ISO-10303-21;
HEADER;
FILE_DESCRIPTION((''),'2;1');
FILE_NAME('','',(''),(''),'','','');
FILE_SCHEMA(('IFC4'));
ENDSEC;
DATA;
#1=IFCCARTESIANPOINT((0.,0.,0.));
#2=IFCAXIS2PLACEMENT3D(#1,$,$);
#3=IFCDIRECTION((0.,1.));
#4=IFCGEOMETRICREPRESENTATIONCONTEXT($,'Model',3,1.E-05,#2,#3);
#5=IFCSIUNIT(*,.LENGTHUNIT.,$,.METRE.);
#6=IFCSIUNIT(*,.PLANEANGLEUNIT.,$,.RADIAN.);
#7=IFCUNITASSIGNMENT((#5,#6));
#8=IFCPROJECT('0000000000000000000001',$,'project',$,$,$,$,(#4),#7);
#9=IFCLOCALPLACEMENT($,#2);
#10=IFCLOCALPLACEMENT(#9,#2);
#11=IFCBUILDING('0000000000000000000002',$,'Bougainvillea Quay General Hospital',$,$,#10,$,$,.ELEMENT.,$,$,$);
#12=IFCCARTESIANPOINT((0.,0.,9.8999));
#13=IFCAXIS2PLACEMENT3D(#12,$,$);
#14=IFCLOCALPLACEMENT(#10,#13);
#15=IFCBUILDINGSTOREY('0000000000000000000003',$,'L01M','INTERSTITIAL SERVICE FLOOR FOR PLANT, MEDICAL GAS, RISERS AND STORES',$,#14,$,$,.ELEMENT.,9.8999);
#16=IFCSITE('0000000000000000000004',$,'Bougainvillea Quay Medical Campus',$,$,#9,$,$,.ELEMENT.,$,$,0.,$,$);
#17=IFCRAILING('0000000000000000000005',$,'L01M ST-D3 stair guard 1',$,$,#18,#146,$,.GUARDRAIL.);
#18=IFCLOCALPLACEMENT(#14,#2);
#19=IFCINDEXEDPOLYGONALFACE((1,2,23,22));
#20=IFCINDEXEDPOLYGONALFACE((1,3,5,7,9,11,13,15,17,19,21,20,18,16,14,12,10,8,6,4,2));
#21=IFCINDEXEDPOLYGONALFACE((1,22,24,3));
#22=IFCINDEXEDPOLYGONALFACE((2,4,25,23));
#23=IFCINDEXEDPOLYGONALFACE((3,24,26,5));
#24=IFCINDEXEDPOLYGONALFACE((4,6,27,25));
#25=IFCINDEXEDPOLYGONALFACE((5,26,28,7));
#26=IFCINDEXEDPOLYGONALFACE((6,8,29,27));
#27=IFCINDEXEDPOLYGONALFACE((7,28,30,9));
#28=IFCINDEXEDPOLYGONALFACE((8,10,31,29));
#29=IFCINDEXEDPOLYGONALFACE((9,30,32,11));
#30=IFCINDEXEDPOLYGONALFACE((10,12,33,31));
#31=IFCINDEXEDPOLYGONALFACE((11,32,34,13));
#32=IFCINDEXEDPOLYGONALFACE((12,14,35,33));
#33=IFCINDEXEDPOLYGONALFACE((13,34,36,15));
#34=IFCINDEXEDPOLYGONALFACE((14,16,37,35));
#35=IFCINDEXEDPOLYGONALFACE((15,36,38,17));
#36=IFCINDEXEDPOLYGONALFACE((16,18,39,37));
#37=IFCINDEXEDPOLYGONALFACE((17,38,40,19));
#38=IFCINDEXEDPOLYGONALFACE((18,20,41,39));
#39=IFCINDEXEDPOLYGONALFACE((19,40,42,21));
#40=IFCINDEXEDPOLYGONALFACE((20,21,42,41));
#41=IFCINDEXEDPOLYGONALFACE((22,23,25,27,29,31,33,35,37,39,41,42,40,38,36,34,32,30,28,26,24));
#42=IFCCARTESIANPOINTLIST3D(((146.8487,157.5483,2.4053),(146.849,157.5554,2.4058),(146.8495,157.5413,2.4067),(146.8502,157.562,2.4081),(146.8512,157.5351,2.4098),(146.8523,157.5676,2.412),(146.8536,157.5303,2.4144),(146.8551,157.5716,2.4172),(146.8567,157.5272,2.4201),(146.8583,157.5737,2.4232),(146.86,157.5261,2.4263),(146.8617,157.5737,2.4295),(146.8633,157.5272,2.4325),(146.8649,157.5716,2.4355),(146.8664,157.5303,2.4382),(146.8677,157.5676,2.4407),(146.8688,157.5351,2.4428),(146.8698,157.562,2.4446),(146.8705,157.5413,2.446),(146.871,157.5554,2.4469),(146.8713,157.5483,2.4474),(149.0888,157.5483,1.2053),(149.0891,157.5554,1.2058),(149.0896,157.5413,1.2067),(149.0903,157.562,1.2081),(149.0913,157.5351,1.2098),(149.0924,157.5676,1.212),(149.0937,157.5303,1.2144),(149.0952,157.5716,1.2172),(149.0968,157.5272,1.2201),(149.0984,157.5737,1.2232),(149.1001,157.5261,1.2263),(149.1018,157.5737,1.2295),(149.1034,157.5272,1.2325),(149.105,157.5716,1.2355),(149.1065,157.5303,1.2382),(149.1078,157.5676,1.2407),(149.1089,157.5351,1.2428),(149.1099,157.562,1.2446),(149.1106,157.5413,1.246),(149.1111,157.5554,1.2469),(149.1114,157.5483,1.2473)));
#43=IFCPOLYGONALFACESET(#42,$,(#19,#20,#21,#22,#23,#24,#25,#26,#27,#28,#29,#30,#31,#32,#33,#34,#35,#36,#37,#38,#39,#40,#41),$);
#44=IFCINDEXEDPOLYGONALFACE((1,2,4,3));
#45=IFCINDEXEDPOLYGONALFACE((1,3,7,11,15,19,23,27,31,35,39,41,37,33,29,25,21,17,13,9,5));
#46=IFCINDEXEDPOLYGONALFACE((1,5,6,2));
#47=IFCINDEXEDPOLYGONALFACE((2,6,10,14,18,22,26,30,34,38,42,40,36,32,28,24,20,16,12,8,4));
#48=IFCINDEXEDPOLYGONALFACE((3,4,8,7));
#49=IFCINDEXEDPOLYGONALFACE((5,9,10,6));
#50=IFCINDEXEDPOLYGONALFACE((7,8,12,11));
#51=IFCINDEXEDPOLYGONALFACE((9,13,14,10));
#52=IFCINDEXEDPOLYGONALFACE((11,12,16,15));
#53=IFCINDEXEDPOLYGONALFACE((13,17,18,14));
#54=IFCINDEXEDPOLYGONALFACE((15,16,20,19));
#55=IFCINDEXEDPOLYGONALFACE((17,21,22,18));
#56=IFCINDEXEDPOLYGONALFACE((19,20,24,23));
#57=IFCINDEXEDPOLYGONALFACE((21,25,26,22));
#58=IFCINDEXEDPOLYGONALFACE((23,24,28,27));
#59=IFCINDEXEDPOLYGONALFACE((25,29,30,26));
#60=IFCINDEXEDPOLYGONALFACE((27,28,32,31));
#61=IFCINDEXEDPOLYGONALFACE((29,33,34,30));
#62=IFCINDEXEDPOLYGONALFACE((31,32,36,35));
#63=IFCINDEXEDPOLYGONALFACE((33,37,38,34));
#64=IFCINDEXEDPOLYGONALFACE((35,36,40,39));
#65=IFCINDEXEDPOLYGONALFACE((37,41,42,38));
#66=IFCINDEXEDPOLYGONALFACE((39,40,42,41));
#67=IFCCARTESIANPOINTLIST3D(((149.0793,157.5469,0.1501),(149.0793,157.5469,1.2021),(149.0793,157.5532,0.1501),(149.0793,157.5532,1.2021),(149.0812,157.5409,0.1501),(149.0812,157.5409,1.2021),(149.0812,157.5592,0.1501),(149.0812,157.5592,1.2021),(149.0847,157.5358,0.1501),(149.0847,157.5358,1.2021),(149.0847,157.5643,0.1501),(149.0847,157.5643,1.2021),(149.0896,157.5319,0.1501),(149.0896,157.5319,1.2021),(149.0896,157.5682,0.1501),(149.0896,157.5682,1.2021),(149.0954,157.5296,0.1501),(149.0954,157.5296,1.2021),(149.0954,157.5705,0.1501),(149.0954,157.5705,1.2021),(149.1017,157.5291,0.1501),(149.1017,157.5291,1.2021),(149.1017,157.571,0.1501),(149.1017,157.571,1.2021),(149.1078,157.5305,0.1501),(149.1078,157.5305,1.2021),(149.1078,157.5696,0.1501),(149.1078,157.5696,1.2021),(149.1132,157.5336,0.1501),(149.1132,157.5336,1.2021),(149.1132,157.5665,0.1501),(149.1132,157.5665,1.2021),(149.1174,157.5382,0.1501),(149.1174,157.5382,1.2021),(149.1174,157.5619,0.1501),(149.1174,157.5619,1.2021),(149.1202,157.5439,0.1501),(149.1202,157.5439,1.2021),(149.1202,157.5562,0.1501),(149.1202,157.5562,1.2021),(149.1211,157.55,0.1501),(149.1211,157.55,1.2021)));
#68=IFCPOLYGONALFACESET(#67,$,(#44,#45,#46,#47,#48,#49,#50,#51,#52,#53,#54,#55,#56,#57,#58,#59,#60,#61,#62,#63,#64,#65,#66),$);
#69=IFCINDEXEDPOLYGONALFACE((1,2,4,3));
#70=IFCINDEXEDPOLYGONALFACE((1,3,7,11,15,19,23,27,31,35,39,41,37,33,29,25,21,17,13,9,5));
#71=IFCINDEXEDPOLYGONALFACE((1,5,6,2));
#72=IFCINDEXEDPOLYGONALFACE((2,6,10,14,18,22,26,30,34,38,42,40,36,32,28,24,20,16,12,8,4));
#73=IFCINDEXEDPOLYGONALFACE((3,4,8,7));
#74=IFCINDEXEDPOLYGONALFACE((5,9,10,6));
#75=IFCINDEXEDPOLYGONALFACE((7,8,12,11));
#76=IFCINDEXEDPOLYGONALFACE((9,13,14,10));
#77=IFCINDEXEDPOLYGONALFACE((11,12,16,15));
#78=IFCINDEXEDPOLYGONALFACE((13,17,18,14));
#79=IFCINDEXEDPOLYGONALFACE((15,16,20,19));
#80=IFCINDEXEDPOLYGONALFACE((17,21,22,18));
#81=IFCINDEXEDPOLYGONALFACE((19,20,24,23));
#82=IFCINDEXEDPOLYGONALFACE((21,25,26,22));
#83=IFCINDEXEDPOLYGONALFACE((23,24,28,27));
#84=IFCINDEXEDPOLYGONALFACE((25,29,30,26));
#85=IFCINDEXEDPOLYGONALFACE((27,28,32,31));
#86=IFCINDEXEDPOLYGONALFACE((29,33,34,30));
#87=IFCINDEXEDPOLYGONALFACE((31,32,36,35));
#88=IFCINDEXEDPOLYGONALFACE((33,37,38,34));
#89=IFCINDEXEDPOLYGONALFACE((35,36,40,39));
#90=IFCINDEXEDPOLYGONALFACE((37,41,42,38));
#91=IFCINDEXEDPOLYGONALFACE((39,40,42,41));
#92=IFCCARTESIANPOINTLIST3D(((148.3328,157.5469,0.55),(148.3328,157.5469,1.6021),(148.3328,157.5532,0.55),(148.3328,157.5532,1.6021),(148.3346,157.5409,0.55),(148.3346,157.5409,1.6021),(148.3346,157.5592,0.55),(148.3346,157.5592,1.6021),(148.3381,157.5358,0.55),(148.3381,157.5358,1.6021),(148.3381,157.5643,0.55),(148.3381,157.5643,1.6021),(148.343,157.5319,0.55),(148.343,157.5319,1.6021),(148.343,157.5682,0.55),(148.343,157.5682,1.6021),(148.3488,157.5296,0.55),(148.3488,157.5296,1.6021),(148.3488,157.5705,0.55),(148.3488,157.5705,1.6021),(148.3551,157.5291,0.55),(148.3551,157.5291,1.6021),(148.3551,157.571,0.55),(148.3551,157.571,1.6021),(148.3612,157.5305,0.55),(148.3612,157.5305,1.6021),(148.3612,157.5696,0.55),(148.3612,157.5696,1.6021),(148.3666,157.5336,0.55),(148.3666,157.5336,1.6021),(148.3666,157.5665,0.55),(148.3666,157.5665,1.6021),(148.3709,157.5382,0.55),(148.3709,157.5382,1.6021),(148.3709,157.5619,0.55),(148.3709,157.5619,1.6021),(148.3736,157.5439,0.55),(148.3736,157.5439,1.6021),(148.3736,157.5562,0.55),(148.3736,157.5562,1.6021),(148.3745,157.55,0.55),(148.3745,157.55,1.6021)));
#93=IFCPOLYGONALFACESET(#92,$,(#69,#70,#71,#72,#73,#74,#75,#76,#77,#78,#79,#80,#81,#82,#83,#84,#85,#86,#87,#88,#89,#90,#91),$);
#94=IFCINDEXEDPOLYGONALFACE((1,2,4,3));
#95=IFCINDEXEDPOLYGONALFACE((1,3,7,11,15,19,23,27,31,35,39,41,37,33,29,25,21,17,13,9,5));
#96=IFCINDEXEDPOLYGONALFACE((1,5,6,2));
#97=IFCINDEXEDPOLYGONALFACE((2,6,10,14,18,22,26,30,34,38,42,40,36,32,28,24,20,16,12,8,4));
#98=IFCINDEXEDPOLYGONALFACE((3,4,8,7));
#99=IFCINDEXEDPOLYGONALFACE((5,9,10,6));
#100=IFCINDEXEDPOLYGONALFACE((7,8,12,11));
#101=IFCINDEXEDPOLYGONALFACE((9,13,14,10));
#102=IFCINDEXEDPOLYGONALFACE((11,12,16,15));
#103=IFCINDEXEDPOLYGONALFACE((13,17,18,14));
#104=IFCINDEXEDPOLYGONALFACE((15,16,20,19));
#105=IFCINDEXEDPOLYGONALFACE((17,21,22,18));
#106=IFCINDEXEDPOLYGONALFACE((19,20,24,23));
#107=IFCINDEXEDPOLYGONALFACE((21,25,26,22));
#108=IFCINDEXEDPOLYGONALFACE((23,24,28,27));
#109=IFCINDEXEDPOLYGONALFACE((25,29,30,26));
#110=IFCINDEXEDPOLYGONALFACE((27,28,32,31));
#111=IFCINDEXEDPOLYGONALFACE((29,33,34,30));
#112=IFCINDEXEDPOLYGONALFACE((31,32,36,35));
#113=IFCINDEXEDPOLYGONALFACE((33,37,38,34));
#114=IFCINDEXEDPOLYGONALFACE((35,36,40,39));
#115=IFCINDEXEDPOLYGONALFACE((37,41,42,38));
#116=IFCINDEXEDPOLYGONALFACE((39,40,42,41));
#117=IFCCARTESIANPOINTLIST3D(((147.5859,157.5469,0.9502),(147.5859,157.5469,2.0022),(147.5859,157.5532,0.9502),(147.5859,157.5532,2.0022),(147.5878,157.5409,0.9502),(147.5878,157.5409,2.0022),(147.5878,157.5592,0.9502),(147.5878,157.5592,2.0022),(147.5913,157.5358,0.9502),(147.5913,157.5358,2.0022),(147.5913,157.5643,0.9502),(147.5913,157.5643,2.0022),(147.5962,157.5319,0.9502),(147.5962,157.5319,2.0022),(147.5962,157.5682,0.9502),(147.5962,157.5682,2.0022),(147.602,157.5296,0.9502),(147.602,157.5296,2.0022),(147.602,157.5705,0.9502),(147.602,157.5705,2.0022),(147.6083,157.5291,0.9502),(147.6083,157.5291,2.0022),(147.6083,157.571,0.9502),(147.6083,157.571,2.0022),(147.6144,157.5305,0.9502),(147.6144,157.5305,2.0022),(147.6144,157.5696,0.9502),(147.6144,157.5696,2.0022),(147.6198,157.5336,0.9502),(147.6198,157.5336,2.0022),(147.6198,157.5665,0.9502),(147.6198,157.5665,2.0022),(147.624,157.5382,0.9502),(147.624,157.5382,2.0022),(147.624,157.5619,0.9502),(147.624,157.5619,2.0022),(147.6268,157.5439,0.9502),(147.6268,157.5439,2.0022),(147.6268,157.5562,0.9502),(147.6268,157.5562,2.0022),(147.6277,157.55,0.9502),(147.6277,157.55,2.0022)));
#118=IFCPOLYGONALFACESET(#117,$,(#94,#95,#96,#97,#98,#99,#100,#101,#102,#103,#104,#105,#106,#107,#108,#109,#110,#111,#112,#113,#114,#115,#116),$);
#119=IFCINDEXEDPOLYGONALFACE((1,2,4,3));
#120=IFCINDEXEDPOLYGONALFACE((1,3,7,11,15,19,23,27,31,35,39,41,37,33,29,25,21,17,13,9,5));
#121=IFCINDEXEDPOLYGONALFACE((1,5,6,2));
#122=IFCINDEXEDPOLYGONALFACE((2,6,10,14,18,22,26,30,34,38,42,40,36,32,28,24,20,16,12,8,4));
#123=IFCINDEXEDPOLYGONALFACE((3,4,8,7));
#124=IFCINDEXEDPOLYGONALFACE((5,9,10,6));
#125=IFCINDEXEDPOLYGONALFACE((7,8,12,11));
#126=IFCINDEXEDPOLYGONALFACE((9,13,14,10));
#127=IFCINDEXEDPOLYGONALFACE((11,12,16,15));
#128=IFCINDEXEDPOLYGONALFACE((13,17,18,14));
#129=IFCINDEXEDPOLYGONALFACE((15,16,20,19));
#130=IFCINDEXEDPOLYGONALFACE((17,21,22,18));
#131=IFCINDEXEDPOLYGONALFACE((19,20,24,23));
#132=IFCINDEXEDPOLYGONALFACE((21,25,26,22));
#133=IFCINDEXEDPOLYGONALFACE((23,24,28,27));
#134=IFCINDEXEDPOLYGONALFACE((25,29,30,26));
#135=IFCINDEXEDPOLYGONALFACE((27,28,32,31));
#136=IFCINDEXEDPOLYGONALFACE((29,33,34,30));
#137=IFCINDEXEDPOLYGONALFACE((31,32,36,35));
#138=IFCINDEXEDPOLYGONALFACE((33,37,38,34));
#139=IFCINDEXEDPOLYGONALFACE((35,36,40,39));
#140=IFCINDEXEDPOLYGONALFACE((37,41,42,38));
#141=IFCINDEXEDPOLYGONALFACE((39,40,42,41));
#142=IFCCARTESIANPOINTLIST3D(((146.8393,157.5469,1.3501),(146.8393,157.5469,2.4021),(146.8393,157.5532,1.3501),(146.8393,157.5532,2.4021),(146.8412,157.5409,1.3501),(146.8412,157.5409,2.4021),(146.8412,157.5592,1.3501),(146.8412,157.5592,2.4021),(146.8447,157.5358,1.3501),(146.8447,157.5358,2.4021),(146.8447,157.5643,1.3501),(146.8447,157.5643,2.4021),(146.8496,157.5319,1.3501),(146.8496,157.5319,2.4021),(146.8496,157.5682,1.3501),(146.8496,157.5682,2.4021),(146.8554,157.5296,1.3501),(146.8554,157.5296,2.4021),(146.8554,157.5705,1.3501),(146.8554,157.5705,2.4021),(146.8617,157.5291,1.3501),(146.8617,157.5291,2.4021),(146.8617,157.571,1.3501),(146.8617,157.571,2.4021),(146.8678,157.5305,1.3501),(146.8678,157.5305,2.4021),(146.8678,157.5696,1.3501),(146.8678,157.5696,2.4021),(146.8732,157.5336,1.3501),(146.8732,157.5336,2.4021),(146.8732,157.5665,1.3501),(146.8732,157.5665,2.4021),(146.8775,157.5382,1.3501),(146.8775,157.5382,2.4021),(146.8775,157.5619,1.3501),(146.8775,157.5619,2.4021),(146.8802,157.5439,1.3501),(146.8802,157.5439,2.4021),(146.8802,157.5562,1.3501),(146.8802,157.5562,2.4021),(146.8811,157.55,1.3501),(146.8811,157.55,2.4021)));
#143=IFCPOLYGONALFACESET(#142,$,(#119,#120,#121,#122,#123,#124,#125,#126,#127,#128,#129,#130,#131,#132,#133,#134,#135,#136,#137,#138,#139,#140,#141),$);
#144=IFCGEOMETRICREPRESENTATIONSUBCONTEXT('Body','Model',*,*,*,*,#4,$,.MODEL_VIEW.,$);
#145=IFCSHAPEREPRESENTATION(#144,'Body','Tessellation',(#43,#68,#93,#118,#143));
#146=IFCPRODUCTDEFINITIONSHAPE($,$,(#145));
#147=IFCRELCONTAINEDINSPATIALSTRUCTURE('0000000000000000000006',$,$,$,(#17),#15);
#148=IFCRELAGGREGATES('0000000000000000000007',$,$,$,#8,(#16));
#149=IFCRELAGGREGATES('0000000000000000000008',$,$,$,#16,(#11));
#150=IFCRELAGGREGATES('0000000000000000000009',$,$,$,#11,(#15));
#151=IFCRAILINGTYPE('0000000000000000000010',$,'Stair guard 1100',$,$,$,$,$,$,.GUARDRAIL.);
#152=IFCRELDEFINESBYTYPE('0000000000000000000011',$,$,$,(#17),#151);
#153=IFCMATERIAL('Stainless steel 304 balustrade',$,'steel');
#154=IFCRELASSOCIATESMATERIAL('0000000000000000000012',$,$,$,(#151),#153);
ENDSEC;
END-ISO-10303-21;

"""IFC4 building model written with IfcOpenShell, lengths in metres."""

from ifc_helpers import new_model, si_unit, direction, frame, origin, origin_2d, place, context, subcontext, project, spatial, circle, extrude, material, type_object, element, save


model = new_model("IFC4")

# Units and contexts
model_context = context("Model", 3, precision=1e-05, world=origin(), true_north=direction((0.0, 1.0)))
body_context = subcontext(model_context, "Body", "Model", "MODEL_VIEW")
ifc_project = project(units=[si_unit("LENGTHUNIT", "METRE"), si_unit("PLANEANGLEUNIT", "RADIAN")], contexts=[model_context])

# Site, building, storey
site_placement = place(None, origin())
site = spatial("IfcSite", under=ifc_project, at=site_placement, Name="Bougainvillea Quay Medical Campus", CompositionType="ELEMENT", RefElevation=0.0)
building_placement = place(site_placement, origin())
building = spatial("IfcBuilding", under=site, at=building_placement, Name="Bougainvillea Quay General Hospital", CompositionType="ELEMENT")
storey_placement = place(building_placement, frame((0.0, 0.0, 9.8999)))
storey = spatial("IfcBuildingStorey", under=building, at=storey_placement, Name="L01M", Description="INTERSTITIAL SERVICE FLOOR FOR PLANT, MEDICAL GAS, RISERS AND STORES", CompositionType="ELEMENT", Elevation=9.8999)

# Railing
ifc_material_1 = material(Name="Stainless steel 304 balustrade", Category="steel")
railing_type_1 = type_object("IfcRailingType", Name="Stair guard 1100", PredefinedType="GUARDRAIL", material=ifc_material_1)
railing_1_placement = place(storey_placement, frame((149.1001, 157.55, 0.1501)))
element("IfcRailing", 1, at=railing_1_placement, inside=storey, type_object=railing_type_1, Name="L01M ST-D3 stair guard 1", PredefinedType="GUARDRAIL", context=body_context, shape_type="SweptSolid", body=[
    extrude(circle(Radius=0.0239, at=origin_2d()), frame((0.0, 0.0, 1.0762), z_axis=(-0.881487, 0.0, 0.472208), x_axis=(0.0, -1.0, 0.0)), (0.0, 0.0, 1.0), 2.5413),
    extrude(circle(Radius=0.021, at=origin_2d()), origin(), (0.0, 0.0, 1.0), 1.052),
    extrude(circle(Radius=0.021, at=origin_2d()), frame((-0.7466, 0.0, 0.3999)), (0.0, 0.0, 1.0), 1.052),
    extrude(circle(Radius=0.021, at=origin_2d()), frame((-1.4934, 0.0, 0.8)), (0.0, 0.0, 1.0), 1.052),
    extrude(circle(Radius=0.021, at=origin_2d()), frame((-2.24, 0.0, 1.2)), (0.0, 0.0, 1.0), 1.052),
])

save(model, "model.ifc")
